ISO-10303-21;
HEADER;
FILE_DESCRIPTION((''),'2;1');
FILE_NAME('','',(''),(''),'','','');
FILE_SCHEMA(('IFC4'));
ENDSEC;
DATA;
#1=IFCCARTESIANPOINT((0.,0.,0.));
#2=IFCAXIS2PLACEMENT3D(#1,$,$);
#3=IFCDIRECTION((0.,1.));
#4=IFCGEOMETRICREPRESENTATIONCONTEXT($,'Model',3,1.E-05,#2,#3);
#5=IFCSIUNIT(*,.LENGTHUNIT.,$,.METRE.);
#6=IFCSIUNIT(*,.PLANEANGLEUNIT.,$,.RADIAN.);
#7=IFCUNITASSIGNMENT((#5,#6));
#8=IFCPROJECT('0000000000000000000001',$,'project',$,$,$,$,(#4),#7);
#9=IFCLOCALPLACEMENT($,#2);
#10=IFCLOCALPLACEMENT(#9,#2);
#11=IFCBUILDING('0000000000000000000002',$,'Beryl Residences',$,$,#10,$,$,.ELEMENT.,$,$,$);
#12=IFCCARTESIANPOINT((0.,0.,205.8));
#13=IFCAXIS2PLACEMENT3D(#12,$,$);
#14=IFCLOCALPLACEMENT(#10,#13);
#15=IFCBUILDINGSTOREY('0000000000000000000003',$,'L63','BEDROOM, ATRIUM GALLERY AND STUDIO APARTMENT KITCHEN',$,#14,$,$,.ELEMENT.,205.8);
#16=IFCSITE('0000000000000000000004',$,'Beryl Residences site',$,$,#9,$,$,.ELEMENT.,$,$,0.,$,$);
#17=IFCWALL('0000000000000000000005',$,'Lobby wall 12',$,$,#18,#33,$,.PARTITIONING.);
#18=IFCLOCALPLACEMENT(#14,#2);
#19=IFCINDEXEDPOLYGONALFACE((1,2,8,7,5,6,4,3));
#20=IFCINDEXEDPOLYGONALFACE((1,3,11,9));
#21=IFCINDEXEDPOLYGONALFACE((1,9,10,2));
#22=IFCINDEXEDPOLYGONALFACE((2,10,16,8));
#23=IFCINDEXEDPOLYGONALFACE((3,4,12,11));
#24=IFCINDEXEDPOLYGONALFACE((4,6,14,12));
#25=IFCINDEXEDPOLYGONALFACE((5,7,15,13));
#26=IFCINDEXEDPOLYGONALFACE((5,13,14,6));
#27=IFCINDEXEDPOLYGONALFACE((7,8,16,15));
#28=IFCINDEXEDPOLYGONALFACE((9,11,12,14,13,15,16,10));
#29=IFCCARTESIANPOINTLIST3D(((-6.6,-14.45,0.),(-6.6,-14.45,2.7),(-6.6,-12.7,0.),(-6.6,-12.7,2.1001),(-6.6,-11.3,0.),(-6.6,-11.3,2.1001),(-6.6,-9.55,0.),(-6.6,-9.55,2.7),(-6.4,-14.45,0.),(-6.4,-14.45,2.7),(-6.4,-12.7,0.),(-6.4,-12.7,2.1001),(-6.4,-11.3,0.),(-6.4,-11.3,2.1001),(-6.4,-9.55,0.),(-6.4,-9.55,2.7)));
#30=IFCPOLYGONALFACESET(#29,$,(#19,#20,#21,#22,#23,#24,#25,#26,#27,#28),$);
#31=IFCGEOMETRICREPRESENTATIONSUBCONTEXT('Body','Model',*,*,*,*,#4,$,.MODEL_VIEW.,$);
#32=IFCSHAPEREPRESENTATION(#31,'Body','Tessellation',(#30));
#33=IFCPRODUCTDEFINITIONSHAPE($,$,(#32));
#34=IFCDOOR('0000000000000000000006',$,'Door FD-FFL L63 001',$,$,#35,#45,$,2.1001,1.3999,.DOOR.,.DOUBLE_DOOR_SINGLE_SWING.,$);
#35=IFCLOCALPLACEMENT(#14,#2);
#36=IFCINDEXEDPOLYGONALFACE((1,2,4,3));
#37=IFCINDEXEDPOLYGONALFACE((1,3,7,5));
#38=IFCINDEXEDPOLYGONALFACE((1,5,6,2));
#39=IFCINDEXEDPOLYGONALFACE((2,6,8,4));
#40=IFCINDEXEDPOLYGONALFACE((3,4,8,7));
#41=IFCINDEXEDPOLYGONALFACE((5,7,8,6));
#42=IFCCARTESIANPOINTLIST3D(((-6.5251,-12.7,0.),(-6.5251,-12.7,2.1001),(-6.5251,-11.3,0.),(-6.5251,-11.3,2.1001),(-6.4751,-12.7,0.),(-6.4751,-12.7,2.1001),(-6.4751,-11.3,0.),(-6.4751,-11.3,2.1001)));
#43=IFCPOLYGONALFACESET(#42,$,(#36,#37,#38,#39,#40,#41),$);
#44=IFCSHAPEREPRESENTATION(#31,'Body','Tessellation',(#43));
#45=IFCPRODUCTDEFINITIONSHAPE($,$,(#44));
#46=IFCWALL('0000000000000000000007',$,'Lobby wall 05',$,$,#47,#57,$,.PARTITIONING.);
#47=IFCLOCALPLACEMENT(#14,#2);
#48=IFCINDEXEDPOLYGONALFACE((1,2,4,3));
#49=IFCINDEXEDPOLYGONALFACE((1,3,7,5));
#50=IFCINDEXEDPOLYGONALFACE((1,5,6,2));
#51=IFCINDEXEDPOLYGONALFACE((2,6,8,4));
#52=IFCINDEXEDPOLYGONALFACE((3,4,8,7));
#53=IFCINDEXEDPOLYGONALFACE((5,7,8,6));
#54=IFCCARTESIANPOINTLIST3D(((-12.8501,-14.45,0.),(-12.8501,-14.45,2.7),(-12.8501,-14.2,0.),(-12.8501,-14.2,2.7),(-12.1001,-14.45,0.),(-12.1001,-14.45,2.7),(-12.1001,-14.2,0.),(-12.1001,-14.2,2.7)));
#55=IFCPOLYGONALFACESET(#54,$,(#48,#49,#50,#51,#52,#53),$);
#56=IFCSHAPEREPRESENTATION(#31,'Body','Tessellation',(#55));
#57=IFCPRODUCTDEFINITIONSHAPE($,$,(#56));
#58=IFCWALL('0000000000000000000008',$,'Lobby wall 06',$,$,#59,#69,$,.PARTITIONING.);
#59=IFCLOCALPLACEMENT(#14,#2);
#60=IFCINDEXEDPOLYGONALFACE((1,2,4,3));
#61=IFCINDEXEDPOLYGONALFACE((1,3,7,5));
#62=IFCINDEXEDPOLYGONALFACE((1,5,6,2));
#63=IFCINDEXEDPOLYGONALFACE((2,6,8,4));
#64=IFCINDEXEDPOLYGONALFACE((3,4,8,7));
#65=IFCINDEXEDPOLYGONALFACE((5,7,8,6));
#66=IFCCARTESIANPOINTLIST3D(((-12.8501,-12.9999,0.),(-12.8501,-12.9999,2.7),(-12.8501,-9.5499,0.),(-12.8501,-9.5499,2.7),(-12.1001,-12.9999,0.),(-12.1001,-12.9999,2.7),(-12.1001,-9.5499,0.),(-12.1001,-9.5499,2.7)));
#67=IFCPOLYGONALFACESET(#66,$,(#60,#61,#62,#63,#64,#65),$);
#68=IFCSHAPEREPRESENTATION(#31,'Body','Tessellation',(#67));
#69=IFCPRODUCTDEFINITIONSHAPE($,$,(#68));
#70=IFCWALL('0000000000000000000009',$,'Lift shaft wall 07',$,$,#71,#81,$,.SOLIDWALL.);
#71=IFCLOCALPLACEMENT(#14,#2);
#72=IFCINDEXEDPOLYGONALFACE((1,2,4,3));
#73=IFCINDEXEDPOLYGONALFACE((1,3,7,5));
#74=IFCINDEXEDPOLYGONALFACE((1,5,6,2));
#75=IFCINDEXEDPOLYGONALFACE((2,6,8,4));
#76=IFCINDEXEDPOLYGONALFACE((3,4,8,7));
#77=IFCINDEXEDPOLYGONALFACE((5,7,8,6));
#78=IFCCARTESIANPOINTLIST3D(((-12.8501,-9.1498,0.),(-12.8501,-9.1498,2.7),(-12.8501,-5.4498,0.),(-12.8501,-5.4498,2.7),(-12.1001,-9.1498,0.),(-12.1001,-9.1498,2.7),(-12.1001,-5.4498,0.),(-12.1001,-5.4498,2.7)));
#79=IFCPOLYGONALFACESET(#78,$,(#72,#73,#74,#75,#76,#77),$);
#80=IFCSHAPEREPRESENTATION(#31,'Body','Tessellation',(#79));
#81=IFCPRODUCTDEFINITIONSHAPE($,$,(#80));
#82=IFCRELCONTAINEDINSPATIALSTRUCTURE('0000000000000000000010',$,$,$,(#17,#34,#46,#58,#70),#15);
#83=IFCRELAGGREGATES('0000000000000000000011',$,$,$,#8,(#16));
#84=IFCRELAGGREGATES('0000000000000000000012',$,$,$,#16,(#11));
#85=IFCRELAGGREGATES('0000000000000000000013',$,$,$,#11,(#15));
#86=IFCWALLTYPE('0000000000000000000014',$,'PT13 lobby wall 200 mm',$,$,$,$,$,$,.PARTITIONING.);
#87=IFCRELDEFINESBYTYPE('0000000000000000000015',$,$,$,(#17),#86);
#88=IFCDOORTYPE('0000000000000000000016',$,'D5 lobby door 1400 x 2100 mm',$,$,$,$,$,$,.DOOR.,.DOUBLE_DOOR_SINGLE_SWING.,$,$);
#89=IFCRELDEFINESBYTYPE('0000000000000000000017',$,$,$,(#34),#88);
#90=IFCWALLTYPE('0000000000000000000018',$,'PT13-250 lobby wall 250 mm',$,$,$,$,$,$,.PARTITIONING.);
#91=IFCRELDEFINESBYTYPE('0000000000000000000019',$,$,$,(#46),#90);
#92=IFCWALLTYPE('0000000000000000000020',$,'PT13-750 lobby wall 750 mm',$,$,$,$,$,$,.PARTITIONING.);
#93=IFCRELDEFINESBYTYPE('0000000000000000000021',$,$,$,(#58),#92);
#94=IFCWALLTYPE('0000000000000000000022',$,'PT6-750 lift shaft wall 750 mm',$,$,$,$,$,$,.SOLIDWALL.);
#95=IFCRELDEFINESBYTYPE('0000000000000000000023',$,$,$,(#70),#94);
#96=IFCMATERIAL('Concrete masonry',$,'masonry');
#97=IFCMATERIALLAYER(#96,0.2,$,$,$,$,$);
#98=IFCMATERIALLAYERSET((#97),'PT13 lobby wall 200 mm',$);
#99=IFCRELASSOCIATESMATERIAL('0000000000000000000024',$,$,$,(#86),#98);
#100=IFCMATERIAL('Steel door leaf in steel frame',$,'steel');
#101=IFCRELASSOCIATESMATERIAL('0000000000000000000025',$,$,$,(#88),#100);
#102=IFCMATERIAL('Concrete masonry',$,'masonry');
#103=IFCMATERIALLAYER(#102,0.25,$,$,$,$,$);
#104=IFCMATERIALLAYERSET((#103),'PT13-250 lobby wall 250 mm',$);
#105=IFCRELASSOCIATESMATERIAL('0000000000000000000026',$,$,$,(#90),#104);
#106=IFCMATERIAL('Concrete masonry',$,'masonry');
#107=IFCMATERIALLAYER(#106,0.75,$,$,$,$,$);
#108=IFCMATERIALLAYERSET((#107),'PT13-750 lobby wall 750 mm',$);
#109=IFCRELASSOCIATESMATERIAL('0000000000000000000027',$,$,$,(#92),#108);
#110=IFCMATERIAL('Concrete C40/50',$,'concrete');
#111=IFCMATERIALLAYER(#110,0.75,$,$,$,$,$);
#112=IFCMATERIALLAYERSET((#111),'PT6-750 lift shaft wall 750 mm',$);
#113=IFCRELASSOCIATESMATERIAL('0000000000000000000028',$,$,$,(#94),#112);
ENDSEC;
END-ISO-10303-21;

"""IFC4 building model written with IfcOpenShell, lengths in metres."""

from ifc_helpers import new_model, si_unit, direction, frame, frame_2d, origin, place, context, subcontext, project, spatial, rectangle, extrude, material, layer, layer_set, type_object, element, fill, save


model = new_model("IFC4")

# Units and contexts
model_context = context("Model", 3, precision=1e-05, world=origin(), true_north=direction((0.0, 1.0)))
body_context = subcontext(model_context, "Body", "Model", "MODEL_VIEW")
ifc_project = project(units=[si_unit("LENGTHUNIT", "METRE"), si_unit("PLANEANGLEUNIT", "RADIAN")], contexts=[model_context])

# Site, building, storey
site_placement = place(None, origin())
site = spatial("IfcSite", under=ifc_project, at=site_placement, Name="Beryl Residences site", CompositionType="ELEMENT", RefElevation=0.0)
building_placement = place(site_placement, origin())
building = spatial("IfcBuilding", under=site, at=building_placement, Name="Beryl Residences", CompositionType="ELEMENT")
storey_placement = place(building_placement, frame((0.0, 0.0, 205.8)))
storey = spatial("IfcBuildingStorey", under=building, at=storey_placement, Name="L63", Description="BEDROOM, ATRIUM GALLERY AND STUDIO APARTMENT KITCHEN", CompositionType="ELEMENT", Elevation=205.8)

# Wall, opening, door
ifc_material_1 = material(Name="Concrete masonry", Category="masonry")
ifc_layer_1 = layer(ifc_material_1, 0.2)
ifc_layer_set_1 = layer_set([ifc_layer_1], Name="PT13 lobby wall 200 mm")
wall_type_1 = type_object("IfcWallType", Name="PT13 lobby wall 200 mm", PredefinedType="PARTITIONING", material=ifc_layer_set_1)
wall_1_placement = place(storey_placement, frame((-6.5, -14.45, 0.0), z_axis=(0.0, 0.0, 1.0), x_axis=(0.0, 1.0, 0.0)))
wall_1 = element("IfcWall", 1, at=wall_1_placement, inside=storey, type_object=wall_type_1, Name="Lobby wall 12", PredefinedType="PARTITIONING", context=body_context, shape_type="SweptSolid", body=[
    extrude(rectangle(XDim=4.8999, YDim=0.2, at=frame_2d((2.45, 0.0))), origin(), (0.0, 0.0, 1.0), 2.7),
])
opening_1_placement = place(wall_1_placement, frame((3.1499, 0.0, 0.0), z_axis=(0.0, 0.0, 1.0), x_axis=(-1.0, 0.0, 0.0)))
opening_1 = element("IfcOpeningElement", 2, at=opening_1_placement, cuts=wall_1, PredefinedType="OPENING", context=body_context, shape_type="SweptSolid", body=[
    extrude(rectangle(XDim=1.3999, YDim=2.1001, at=frame_2d((0.7, 1.05))), frame((0.0, 0.1099, 0.0), z_axis=(0.0, -1.0, 0.0), x_axis=(1.0, 0.0, 0.0)), (0.0, 0.0, 1.0), 0.22),
])
ifc_material_2 = material(Name="Steel door leaf in steel frame", Category="steel")
door_type_1 = type_object("IfcDoorType", Name="D5 lobby door 1400 x 2100 mm", OperationType="DOUBLE_DOOR_SINGLE_SWING", PredefinedType="DOOR", material=ifc_material_2)
door_1_placement = place(opening_1_placement, origin())
door_1 = element("IfcDoor", 3, at=door_1_placement, inside=storey, type_object=door_type_1, Name="Door FD-FFL L63 001", OperationType="DOUBLE_DOOR_SINGLE_SWING", OverallHeight=2.1001, OverallWidth=1.3999, PredefinedType="DOOR", context=body_context, shape_type="SweptSolid", body=[
    extrude(rectangle(XDim=1.3999, YDim=2.1001, at=frame_2d((0.7, 1.05))), frame((0.0, 0.0249, 0.0), z_axis=(0.0, -1.0, 0.0), x_axis=(1.0, 0.0, 0.0)), (0.0, 0.0, 1.0), 0.05),
])
fill(opening_1, door_1)

# Walls
ifc_material_3 = material(Name="Concrete masonry", Category="masonry")
ifc_layer_2 = layer(ifc_material_3, 0.25)
ifc_layer_set_2 = layer_set([ifc_layer_2], Name="PT13-250 lobby wall 250 mm")
wall_type_2 = type_object("IfcWallType", Name="PT13-250 lobby wall 250 mm", PredefinedType="PARTITIONING", material=ifc_layer_set_2)
wall_2_placement = place(storey_placement, frame((-12.8501, -14.325, 0.0), z_axis=(0.0, 0.0, 1.0), x_axis=(1.0, 0.0, 0.0)))
element("IfcWall", 4, at=wall_2_placement, inside=storey, type_object=wall_type_2, Name="Lobby wall 05", PredefinedType="PARTITIONING", context=body_context, shape_type="SweptSolid", body=[
    extrude(rectangle(XDim=0.75, YDim=0.25, at=frame_2d((0.375, 0.0))), origin(), (0.0, 0.0, 1.0), 2.7),
])
ifc_material_4 = material(Name="Concrete masonry", Category="masonry")
ifc_layer_3 = layer(ifc_material_4, 0.75)
ifc_layer_set_3 = layer_set([ifc_layer_3], Name="PT13-750 lobby wall 750 mm")
wall_type_3 = type_object("IfcWallType", Name="PT13-750 lobby wall 750 mm", PredefinedType="PARTITIONING", material=ifc_layer_set_3)
wall_3_placement = place(storey_placement, frame((-12.4751, -13.0, 0.0), z_axis=(0.0, 0.0, 1.0), x_axis=(0.0, 1.0, 0.0)))
element("IfcWall", 5, at=wall_3_placement, inside=storey, type_object=wall_type_3, Name="Lobby wall 06", PredefinedType="PARTITIONING", context=body_context, shape_type="SweptSolid", body=[
    extrude(rectangle(XDim=3.45, YDim=0.75, at=frame_2d((1.7251, 0.0))), origin(), (0.0, 0.0, 1.0), 2.7),
])
ifc_material_5 = material(Name="Concrete C40/50", Category="concrete")
ifc_layer_4 = layer(ifc_material_5, 0.75)
ifc_layer_set_4 = layer_set([ifc_layer_4], Name="PT6-750 lift shaft wall 750 mm")
wall_type_4 = type_object("IfcWallType", Name="PT6-750 lift shaft wall 750 mm", PredefinedType="SOLIDWALL", material=ifc_layer_set_4)
wall_4_placement = place(storey_placement, frame((-12.4751, -9.1499, 0.0), z_axis=(0.0, 0.0, 1.0), x_axis=(0.0, 1.0, 0.0)))
element("IfcWall", 6, at=wall_4_placement, inside=storey, type_object=wall_type_4, Name="Lift shaft wall 07", PredefinedType="SOLIDWALL", context=body_context, shape_type="SweptSolid", body=[
    extrude(rectangle(XDim=3.7, YDim=0.75, at=frame_2d((1.8501, 0.0))), origin(), (0.0, 0.0, 1.0), 2.7),
])

save(model, "model.ifc")
